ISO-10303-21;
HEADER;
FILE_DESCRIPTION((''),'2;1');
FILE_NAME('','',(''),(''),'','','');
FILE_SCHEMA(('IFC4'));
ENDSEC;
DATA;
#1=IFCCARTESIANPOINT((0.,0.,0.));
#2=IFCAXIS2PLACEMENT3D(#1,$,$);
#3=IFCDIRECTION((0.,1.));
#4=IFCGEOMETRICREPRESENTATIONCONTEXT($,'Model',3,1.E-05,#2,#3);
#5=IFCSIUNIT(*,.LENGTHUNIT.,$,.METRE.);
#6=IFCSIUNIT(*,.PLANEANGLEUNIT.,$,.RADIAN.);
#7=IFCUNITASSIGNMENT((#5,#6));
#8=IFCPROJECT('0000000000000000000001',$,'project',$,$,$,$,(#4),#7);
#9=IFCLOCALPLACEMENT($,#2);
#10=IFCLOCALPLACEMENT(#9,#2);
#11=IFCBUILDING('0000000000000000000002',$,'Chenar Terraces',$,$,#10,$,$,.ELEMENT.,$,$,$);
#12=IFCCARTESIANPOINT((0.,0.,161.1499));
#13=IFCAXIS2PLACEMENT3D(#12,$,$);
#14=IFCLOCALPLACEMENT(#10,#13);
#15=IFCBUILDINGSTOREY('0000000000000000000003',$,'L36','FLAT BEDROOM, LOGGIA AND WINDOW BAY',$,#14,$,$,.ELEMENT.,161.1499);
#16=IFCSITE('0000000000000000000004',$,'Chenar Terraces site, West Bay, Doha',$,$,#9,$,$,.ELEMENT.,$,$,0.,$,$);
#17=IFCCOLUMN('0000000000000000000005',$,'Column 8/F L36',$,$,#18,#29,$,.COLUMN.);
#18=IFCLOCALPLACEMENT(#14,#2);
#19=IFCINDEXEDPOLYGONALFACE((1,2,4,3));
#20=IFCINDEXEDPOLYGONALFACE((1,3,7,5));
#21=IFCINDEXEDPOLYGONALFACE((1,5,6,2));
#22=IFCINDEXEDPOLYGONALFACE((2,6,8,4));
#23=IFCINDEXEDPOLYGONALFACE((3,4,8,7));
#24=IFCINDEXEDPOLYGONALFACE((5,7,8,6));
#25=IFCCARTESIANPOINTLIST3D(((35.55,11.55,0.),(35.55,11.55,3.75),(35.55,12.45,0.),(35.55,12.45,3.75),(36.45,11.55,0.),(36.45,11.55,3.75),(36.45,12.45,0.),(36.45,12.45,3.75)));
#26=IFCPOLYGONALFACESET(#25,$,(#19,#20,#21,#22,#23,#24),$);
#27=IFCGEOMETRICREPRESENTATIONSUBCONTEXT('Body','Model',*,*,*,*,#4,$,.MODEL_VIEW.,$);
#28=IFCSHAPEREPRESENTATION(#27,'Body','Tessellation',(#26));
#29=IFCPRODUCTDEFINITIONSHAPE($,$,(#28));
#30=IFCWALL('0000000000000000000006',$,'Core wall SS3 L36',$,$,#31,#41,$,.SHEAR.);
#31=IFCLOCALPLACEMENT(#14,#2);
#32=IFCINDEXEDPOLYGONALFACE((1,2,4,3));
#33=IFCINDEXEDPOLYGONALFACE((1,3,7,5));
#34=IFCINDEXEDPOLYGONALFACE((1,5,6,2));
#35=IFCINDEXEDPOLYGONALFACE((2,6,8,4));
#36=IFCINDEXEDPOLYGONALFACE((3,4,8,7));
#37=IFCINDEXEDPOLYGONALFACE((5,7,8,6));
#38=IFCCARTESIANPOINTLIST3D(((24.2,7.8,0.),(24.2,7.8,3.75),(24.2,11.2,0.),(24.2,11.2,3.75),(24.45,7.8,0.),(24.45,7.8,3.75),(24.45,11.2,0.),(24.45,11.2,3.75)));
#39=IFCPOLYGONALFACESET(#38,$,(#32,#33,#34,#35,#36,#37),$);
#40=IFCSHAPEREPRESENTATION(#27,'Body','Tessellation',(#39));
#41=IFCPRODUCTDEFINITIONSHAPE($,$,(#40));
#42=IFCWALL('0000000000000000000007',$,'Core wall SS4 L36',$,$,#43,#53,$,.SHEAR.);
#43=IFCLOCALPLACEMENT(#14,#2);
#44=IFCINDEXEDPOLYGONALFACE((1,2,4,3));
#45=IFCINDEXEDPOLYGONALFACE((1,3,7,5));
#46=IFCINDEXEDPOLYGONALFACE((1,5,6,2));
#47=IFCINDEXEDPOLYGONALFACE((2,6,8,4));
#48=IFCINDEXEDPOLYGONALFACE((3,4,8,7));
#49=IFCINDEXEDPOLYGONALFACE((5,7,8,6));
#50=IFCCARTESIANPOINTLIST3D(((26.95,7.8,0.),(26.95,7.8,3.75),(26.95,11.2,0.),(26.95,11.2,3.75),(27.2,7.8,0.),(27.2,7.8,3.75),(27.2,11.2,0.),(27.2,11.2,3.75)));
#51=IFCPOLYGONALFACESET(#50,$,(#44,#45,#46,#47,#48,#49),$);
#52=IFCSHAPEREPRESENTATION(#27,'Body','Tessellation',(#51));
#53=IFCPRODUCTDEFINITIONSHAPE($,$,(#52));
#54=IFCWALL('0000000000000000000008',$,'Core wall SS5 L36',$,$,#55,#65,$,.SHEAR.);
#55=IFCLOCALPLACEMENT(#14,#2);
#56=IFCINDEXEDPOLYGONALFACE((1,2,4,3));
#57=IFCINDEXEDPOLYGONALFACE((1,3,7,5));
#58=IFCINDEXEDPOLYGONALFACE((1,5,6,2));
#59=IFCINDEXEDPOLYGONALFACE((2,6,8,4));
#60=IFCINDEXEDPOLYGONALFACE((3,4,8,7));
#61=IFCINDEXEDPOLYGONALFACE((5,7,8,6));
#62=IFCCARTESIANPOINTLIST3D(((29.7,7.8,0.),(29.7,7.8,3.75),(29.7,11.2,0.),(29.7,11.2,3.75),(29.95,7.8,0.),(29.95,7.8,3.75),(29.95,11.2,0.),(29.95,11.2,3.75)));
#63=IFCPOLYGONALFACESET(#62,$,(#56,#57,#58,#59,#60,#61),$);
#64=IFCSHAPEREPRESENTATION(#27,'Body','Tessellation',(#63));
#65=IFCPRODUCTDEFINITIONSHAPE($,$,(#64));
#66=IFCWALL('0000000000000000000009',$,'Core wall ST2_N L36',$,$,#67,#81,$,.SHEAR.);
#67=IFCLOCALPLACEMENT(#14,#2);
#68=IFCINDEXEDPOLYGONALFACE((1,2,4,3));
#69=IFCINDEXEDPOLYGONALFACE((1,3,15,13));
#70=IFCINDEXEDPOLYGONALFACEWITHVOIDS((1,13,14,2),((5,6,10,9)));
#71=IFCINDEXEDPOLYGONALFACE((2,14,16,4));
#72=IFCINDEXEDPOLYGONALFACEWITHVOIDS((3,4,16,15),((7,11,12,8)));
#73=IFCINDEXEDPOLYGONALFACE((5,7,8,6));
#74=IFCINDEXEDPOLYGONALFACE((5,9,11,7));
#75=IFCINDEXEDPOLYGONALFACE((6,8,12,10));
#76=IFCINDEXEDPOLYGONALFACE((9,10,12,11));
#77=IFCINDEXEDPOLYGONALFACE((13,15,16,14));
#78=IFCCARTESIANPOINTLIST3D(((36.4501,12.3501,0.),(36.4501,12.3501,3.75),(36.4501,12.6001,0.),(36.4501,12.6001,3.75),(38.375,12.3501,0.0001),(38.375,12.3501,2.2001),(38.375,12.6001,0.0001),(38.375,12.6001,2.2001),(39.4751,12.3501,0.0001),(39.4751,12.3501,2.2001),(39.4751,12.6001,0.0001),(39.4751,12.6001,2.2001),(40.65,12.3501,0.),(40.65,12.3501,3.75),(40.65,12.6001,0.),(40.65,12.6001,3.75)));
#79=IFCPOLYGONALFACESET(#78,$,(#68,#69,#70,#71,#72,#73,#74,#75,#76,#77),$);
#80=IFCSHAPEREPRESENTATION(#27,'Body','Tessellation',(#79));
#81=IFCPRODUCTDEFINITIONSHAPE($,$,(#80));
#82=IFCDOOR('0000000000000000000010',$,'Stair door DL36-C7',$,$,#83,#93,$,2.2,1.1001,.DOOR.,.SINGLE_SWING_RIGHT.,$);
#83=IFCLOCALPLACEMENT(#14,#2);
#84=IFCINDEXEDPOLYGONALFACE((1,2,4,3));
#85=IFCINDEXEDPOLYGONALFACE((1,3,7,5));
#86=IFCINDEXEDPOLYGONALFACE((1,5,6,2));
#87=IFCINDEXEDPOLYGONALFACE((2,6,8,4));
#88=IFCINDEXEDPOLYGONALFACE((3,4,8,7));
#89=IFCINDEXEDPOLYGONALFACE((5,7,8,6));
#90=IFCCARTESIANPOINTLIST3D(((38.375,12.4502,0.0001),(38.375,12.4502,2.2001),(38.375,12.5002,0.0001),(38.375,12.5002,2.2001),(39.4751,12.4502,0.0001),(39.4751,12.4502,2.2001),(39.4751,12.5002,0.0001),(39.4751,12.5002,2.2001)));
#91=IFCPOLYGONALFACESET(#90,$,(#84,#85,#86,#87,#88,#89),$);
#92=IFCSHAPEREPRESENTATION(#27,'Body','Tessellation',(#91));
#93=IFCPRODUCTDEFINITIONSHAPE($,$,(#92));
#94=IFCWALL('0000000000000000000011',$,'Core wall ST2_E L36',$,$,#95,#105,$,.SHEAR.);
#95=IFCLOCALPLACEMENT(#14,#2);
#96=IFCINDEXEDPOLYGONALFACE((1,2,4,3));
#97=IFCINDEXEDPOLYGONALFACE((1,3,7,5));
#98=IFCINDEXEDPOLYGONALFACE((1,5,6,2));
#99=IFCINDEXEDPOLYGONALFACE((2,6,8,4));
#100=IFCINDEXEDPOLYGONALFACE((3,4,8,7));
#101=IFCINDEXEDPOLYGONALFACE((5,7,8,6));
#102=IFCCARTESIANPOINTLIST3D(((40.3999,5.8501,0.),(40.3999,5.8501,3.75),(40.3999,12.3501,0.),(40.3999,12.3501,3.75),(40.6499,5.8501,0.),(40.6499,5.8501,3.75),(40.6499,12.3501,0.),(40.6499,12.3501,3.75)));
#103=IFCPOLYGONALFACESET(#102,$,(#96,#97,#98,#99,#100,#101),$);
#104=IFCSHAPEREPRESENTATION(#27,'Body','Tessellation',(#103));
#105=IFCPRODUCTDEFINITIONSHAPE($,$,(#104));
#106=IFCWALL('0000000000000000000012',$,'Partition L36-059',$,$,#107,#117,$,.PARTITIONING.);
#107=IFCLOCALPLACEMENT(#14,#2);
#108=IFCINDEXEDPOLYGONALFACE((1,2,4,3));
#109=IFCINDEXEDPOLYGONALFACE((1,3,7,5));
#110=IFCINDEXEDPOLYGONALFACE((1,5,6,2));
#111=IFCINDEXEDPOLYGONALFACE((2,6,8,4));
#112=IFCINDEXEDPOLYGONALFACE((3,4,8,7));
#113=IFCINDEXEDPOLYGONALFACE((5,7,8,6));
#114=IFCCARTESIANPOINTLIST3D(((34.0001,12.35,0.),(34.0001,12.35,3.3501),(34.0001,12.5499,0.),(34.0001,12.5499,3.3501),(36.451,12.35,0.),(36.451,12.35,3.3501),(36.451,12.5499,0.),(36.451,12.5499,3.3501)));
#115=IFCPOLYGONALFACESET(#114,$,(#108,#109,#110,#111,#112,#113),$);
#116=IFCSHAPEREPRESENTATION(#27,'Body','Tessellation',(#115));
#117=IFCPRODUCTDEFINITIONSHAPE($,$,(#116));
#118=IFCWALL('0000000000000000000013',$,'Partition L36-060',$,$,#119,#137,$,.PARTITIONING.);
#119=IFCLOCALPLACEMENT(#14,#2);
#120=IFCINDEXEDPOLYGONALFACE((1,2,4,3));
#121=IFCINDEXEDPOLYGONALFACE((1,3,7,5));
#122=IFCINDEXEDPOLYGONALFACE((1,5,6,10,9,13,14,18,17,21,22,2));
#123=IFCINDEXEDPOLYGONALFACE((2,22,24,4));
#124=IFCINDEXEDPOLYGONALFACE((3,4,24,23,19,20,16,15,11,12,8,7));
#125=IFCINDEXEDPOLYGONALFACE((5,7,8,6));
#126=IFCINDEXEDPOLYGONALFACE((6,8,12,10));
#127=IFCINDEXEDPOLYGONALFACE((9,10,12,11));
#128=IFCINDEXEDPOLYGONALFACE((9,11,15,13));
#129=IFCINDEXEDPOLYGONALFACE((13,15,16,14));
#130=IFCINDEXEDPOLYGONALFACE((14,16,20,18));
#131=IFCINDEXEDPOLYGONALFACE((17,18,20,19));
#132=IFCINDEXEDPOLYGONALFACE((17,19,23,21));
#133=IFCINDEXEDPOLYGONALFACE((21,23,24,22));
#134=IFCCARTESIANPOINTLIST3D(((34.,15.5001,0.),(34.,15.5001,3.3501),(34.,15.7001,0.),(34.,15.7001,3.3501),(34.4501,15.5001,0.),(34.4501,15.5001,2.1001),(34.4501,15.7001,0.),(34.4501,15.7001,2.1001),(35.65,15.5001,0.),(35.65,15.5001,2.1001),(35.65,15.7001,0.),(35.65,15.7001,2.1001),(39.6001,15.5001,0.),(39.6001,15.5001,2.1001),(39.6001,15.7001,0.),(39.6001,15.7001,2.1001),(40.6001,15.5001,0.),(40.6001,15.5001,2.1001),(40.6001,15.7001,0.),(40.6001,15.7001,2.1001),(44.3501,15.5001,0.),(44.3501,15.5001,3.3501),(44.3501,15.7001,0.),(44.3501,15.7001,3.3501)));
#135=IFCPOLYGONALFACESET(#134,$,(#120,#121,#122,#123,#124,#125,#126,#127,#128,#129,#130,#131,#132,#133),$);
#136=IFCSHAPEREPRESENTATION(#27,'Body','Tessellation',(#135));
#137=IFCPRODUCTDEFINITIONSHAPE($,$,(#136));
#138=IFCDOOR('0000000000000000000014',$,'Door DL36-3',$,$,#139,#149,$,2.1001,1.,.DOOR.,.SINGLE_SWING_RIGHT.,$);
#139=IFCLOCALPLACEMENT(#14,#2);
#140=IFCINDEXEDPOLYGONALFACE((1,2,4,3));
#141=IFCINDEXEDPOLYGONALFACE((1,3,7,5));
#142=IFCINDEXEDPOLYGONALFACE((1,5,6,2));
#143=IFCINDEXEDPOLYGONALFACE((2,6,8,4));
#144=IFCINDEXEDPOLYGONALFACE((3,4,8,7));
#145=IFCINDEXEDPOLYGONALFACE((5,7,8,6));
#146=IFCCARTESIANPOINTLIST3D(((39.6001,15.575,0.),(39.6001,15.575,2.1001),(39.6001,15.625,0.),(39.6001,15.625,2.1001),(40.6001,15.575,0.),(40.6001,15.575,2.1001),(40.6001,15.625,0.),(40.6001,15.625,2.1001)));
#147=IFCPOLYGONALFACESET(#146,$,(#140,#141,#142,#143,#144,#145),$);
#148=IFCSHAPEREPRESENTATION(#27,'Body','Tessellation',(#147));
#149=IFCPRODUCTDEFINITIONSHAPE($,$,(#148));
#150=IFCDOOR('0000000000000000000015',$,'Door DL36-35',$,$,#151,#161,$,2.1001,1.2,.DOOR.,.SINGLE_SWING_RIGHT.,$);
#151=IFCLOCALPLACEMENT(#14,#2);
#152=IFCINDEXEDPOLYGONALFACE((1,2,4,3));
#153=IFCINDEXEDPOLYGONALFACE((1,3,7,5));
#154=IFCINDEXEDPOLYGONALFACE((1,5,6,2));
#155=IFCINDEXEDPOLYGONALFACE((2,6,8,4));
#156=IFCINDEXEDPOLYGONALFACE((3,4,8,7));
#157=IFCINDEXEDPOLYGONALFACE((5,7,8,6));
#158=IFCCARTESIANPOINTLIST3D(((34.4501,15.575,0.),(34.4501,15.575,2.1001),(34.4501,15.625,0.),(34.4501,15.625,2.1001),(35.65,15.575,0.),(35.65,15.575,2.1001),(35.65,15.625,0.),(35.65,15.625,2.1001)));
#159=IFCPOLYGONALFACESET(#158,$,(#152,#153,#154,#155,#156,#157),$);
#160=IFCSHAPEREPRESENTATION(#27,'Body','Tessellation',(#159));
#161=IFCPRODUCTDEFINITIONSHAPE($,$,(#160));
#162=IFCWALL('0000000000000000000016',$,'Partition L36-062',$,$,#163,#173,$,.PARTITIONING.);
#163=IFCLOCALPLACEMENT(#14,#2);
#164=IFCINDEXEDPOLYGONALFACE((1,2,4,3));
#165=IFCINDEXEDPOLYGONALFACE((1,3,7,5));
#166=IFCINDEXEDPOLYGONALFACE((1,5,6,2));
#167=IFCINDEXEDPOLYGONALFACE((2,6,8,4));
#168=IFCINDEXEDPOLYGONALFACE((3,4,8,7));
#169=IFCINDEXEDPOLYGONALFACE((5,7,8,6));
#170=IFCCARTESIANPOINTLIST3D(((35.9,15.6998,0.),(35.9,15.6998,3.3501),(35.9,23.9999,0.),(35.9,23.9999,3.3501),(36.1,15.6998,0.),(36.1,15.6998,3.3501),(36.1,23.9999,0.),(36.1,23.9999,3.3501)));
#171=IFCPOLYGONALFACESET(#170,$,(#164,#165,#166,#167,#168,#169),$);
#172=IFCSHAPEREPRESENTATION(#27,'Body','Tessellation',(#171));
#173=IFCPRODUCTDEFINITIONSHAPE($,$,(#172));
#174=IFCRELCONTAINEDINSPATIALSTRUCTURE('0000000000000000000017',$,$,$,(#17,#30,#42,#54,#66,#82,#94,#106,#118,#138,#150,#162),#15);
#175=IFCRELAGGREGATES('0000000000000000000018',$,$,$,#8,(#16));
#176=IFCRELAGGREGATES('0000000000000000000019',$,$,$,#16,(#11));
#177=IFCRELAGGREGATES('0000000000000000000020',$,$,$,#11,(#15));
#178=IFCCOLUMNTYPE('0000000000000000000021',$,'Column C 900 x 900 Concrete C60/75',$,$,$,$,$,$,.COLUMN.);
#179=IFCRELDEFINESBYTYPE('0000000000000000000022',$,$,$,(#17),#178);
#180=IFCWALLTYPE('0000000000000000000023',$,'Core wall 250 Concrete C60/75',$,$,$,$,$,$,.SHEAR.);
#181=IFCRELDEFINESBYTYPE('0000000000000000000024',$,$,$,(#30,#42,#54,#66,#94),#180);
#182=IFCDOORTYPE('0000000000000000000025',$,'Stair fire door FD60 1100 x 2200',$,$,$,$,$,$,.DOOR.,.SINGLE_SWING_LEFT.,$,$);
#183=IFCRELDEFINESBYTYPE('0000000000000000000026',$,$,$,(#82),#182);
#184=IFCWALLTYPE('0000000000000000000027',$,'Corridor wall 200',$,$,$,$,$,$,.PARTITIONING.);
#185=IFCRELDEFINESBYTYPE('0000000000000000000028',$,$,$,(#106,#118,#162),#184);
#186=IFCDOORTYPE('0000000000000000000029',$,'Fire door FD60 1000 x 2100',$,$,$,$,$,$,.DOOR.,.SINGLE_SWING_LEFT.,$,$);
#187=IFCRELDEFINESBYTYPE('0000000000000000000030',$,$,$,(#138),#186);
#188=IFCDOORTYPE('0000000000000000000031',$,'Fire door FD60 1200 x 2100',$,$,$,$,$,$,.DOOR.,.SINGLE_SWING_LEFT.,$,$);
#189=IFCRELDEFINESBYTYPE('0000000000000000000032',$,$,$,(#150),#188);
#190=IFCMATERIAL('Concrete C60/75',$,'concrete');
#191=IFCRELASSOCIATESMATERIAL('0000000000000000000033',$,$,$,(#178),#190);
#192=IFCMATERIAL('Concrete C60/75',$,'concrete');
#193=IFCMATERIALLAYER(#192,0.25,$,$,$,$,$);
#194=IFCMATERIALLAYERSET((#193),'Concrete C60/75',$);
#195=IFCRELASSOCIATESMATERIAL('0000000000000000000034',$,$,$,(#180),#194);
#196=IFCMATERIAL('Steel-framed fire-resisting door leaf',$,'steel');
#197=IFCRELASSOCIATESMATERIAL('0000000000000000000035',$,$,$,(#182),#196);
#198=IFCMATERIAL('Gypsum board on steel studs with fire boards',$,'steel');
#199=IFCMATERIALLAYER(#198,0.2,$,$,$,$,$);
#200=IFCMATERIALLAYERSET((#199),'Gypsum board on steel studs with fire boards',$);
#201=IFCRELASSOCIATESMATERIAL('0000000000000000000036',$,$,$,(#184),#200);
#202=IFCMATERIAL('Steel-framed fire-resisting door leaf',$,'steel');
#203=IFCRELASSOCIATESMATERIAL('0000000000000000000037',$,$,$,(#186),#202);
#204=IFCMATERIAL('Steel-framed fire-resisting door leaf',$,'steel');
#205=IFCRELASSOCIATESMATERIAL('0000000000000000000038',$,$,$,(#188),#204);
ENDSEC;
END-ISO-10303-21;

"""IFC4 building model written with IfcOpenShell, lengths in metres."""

from ifc_helpers import new_model, si_unit, direction, frame, frame_2d, origin, origin_2d, place, context, subcontext, project, spatial, rectangle, extrude, material, layer, layer_set, material_profile, profile_set, type_object, element, fill, save


model = new_model("IFC4")

# Units and contexts
model_context = context("Model", 3, precision=1e-05, world=origin(), true_north=direction((0.0, 1.0)))
body_context = subcontext(model_context, "Body", "Model", "MODEL_VIEW")
ifc_project = project(units=[si_unit("LENGTHUNIT", "METRE"), si_unit("PLANEANGLEUNIT", "RADIAN")], contexts=[model_context])

# Site, building, storey
site_placement = place(None, origin())
site = spatial("IfcSite", under=ifc_project, at=site_placement, Name="Chenar Terraces site, West Bay, Doha", CompositionType="ELEMENT", RefElevation=0.0)
building_placement = place(site_placement, origin())
building = spatial("IfcBuilding", under=site, at=building_placement, Name="Chenar Terraces", CompositionType="ELEMENT")
storey_placement = place(building_placement, frame((0.0, 0.0, 161.1499)))
storey = spatial("IfcBuildingStorey", under=building, at=storey_placement, Name="L36", Description="FLAT BEDROOM, LOGGIA AND WINDOW BAY", CompositionType="ELEMENT", Elevation=161.1499)

# Column
ifc_material_1 = material(Name="Concrete C60/75", Category="concrete")
ifc_material_profile = material_profile(ifc_material_1, rectangle(XDim=0.8999, YDim=0.8999, at=origin_2d()), Name="C 900 x 900")
ifc_profile_set = profile_set([ifc_material_profile], Name="Concrete C60/75")
column_type = type_object("IfcColumnType", Name="Column C 900 x 900 Concrete C60/75", PredefinedType="COLUMN", material=ifc_profile_set)
column_placement = place(storey_placement, frame((36.0, 12.0, 0.0), z_axis=(0.0, 0.0, 1.0), x_axis=(1.0, 0.0, 0.0)))
element("IfcColumn", 1, at=column_placement, inside=storey, type_object=column_type, Name="Column 8/F L36", PredefinedType="COLUMN", context=body_context, shape_type="SweptSolid", body=[
    extrude(rectangle(XDim=0.8999, YDim=0.8999, at=origin_2d()), origin(), (0.0, 0.0, 1.0), 3.75),
])

# Walls
ifc_material_2 = material(Name="Concrete C60/75", Category="concrete")
ifc_layer_1 = layer(ifc_material_2, 0.25)
ifc_layer_set_1 = layer_set([ifc_layer_1], Name="Concrete C60/75")
wall_type_1 = type_object("IfcWallType", Name="Core wall 250 Concrete C60/75", PredefinedType="SHEAR", material=ifc_layer_set_1)
for number, where, z_axis, x_axis, name in (
    (2, (24.325, 7.8, 0.0), (0.0, 0.0, 1.0), (0.0, 1.0, 0.0), "Core wall SS3 L36"),
    (3, (27.075, 7.8, 0.0), (0.0, 0.0, 1.0), (0.0, 1.0, 0.0), "Core wall SS4 L36"),
    (4, (29.825, 7.8, 0.0), (0.0, 0.0, 1.0), (0.0, 1.0, 0.0), "Core wall SS5 L36"),
):
    element("IfcWall", number, at=place(storey_placement, frame(where, z_axis=z_axis, x_axis=x_axis)), inside=storey, type_object=wall_type_1, Name=name, PredefinedType="SHEAR", context=body_context, shape_type="SweptSolid", body=[
        extrude(rectangle(XDim=3.3999, YDim=0.25, at=frame_2d((1.7, 0.0))), origin(), (0.0, 0.0, 1.0), 3.75),
    ])

# Wall, opening, door
wall_1_placement = place(storey_placement, frame((36.45, 12.4751, 0.0), z_axis=(0.0, 0.0, 1.0), x_axis=(1.0, 0.0, 0.0)))
wall_1 = element("IfcWall", 5, at=wall_1_placement, inside=storey, type_object=wall_type_1, Name="Core wall ST2_N L36", PredefinedType="SHEAR", context=body_context, shape_type="SweptSolid", body=[
    extrude(rectangle(XDim=4.2, YDim=0.25, at=frame_2d((2.1001, 0.0))), origin(), (0.0, 0.0, 1.0), 3.75),
])
opening_1_placement = place(wall_1_placement, frame((1.925, 0.0, 0.0)))
opening_1 = element("IfcOpeningElement", 6, at=opening_1_placement, cuts=wall_1, PredefinedType="OPENING", context=body_context, shape_type="SweptSolid", body=[
    extrude(rectangle(XDim=1.1001, YDim=2.2, at=frame_2d((0.55, 1.1001))), frame((0.0, 0.135, 0.0), z_axis=(0.0, -1.0, 0.0), x_axis=(1.0, 0.0, 0.0)), (0.0, 0.0, 1.0), 0.27),
])
ifc_material_3 = material(Name="Steel-framed fire-resisting door leaf", Category="steel")
door_type_1 = type_object("IfcDoorType", Name="Stair fire door FD60 1100 x 2200", OperationType="SINGLE_SWING_LEFT", PredefinedType="DOOR", material=ifc_material_3)
door_1_placement = place(opening_1_placement, frame((1.1001, 0.0, 0.0), z_axis=(0.0, 0.0, 1.0), x_axis=(-1.0, 0.0, 0.0)))
door_1 = element("IfcDoor", 7, at=door_1_placement, inside=storey, type_object=door_type_1, Name="Stair door DL36-C7", OperationType="SINGLE_SWING_RIGHT", OverallHeight=2.2, OverallWidth=1.1001, PredefinedType="DOOR", context=body_context, shape_type="SweptSolid", body=[
    extrude(rectangle(XDim=1.1001, YDim=2.2, at=frame_2d((0.55, 1.1001))), frame((0.0, 0.0249, 0.0), z_axis=(0.0, -1.0, 0.0), x_axis=(1.0, 0.0, 0.0)), (0.0, 0.0, 1.0), 0.05),
])
fill(opening_1, door_1)

# Wall
wall_2_placement = place(storey_placement, frame((40.5249, 5.8501, 0.0), z_axis=(0.0, 0.0, 1.0), x_axis=(0.0, 1.0, 0.0)))
element("IfcWall", 8, at=wall_2_placement, inside=storey, type_object=wall_type_1, Name="Core wall ST2_E L36", PredefinedType="SHEAR", context=body_context, shape_type="SweptSolid", body=[
    extrude(rectangle(XDim=6.5, YDim=0.25, at=frame_2d((3.25, 0.0))), origin(), (0.0, 0.0, 1.0), 3.75),
])

# Wall
ifc_material_4 = material(Name="Gypsum board on steel studs with fire boards", Category="steel")
ifc_layer_2 = layer(ifc_material_4, 0.2)
ifc_layer_set_2 = layer_set([ifc_layer_2], Name="Gypsum board on steel studs with fire boards")
wall_type_2 = type_object("IfcWallType", Name="Corridor wall 200", PredefinedType="PARTITIONING", material=ifc_layer_set_2)
wall_3_placement = place(storey_placement, frame((34.0, 12.45, 0.0), z_axis=(0.0, 0.0, 1.0), x_axis=(1.0, 0.0, 0.0)))
element("IfcWall", 9, at=wall_3_placement, inside=storey, type_object=wall_type_2, Name="Partition L36-059", PredefinedType="PARTITIONING", context=body_context, shape_type="SweptSolid", body=[
    extrude(rectangle(XDim=2.4509, YDim=0.2, at=frame_2d((1.2256, 0.0))), origin(), (0.0, 0.0, 1.0), 3.3501),
])

# Wall, openings, doors
wall_4_placement = place(storey_placement, frame((34.0, 15.6001, 0.0), z_axis=(0.0, 0.0, 1.0), x_axis=(1.0, 0.0, 0.0)))
wall_4 = element("IfcWall", 10, at=wall_4_placement, inside=storey, type_object=wall_type_2, Name="Partition L36-060", PredefinedType="PARTITIONING", context=body_context, shape_type="SweptSolid", body=[
    extrude(rectangle(XDim=10.3501, YDim=0.2, at=frame_2d((5.175, 0.0))), origin(), (0.0, 0.0, 1.0), 3.3501),
])
opening_2_placement = place(wall_4_placement, frame((5.6001, 0.0, 0.0)))
opening_2 = element("IfcOpeningElement", 11, at=opening_2_placement, cuts=wall_4, PredefinedType="OPENING", context=body_context, shape_type="SweptSolid", body=[
    extrude(rectangle(XDim=1.0, YDim=2.1001, at=frame_2d((0.5, 1.05))), frame((0.0, 0.1099, 0.0), z_axis=(0.0, -1.0, 0.0), x_axis=(1.0, 0.0, 0.0)), (0.0, 0.0, 1.0), 0.22),
])
opening_3_placement = place(wall_4_placement, frame((0.45, 0.0, 0.0)))
opening_3 = element("IfcOpeningElement", 12, at=opening_3_placement, cuts=wall_4, PredefinedType="OPENING", context=body_context, shape_type="SweptSolid", body=[
    extrude(rectangle(XDim=1.2, YDim=2.1001, at=frame_2d((0.6001, 1.05))), frame((0.0, 0.1099, 0.0), z_axis=(0.0, -1.0, 0.0), x_axis=(1.0, 0.0, 0.0)), (0.0, 0.0, 1.0), 0.22),
])
ifc_material_5 = material(Name="Steel-framed fire-resisting door leaf", Category="steel")
door_type_2 = type_object("IfcDoorType", Name="Fire door FD60 1000 x 2100", OperationType="SINGLE_SWING_LEFT", PredefinedType="DOOR", material=ifc_material_5)
door_2_placement = place(opening_2_placement, origin())
door_2 = element("IfcDoor", 13, at=door_2_placement, inside=storey, type_object=door_type_2, Name="Door DL36-3", OperationType="SINGLE_SWING_RIGHT", OverallHeight=2.1001, OverallWidth=1.0, PredefinedType="DOOR", context=body_context, shape_type="SweptSolid", body=[
    extrude(rectangle(XDim=1.0, YDim=2.1001, at=frame_2d((0.5, 1.05))), frame((0.0, 0.0249, 0.0), z_axis=(0.0, -1.0, 0.0), x_axis=(1.0, 0.0, 0.0)), (0.0, 0.0, 1.0), 0.05),
])
fill(opening_2, door_2)
ifc_material_6 = material(Name="Steel-framed fire-resisting door leaf", Category="steel")
door_type_3 = type_object("IfcDoorType", Name="Fire door FD60 1200 x 2100", OperationType="SINGLE_SWING_LEFT", PredefinedType="DOOR", material=ifc_material_6)
door_3_placement = place(opening_3_placement, origin())
door_3 = element("IfcDoor", 14, at=door_3_placement, inside=storey, type_object=door_type_3, Name="Door DL36-35", OperationType="SINGLE_SWING_RIGHT", OverallHeight=2.1001, OverallWidth=1.2, PredefinedType="DOOR", context=body_context, shape_type="SweptSolid", body=[
    extrude(rectangle(XDim=1.2, YDim=2.1001, at=frame_2d((0.6001, 1.05))), frame((0.0, 0.0249, 0.0), z_axis=(0.0, -1.0, 0.0), x_axis=(1.0, 0.0, 0.0)), (0.0, 0.0, 1.0), 0.05),
])
fill(opening_3, door_3)

# Wall
wall_5_placement = place(storey_placement, frame((36.0, 15.7, 0.0), z_axis=(0.0, 0.0, 1.0), x_axis=(0.0, 1.0, 0.0)))
element("IfcWall", 15, at=wall_5_placement, inside=storey, type_object=wall_type_2, Name="Partition L36-062", PredefinedType="PARTITIONING", context=body_context, shape_type="SweptSolid", body=[
    extrude(rectangle(XDim=8.3, YDim=0.2, at=frame_2d((4.1499, 0.0))), origin(), (0.0, 0.0, 1.0), 3.3501),
])

save(model, "model.ifc")
